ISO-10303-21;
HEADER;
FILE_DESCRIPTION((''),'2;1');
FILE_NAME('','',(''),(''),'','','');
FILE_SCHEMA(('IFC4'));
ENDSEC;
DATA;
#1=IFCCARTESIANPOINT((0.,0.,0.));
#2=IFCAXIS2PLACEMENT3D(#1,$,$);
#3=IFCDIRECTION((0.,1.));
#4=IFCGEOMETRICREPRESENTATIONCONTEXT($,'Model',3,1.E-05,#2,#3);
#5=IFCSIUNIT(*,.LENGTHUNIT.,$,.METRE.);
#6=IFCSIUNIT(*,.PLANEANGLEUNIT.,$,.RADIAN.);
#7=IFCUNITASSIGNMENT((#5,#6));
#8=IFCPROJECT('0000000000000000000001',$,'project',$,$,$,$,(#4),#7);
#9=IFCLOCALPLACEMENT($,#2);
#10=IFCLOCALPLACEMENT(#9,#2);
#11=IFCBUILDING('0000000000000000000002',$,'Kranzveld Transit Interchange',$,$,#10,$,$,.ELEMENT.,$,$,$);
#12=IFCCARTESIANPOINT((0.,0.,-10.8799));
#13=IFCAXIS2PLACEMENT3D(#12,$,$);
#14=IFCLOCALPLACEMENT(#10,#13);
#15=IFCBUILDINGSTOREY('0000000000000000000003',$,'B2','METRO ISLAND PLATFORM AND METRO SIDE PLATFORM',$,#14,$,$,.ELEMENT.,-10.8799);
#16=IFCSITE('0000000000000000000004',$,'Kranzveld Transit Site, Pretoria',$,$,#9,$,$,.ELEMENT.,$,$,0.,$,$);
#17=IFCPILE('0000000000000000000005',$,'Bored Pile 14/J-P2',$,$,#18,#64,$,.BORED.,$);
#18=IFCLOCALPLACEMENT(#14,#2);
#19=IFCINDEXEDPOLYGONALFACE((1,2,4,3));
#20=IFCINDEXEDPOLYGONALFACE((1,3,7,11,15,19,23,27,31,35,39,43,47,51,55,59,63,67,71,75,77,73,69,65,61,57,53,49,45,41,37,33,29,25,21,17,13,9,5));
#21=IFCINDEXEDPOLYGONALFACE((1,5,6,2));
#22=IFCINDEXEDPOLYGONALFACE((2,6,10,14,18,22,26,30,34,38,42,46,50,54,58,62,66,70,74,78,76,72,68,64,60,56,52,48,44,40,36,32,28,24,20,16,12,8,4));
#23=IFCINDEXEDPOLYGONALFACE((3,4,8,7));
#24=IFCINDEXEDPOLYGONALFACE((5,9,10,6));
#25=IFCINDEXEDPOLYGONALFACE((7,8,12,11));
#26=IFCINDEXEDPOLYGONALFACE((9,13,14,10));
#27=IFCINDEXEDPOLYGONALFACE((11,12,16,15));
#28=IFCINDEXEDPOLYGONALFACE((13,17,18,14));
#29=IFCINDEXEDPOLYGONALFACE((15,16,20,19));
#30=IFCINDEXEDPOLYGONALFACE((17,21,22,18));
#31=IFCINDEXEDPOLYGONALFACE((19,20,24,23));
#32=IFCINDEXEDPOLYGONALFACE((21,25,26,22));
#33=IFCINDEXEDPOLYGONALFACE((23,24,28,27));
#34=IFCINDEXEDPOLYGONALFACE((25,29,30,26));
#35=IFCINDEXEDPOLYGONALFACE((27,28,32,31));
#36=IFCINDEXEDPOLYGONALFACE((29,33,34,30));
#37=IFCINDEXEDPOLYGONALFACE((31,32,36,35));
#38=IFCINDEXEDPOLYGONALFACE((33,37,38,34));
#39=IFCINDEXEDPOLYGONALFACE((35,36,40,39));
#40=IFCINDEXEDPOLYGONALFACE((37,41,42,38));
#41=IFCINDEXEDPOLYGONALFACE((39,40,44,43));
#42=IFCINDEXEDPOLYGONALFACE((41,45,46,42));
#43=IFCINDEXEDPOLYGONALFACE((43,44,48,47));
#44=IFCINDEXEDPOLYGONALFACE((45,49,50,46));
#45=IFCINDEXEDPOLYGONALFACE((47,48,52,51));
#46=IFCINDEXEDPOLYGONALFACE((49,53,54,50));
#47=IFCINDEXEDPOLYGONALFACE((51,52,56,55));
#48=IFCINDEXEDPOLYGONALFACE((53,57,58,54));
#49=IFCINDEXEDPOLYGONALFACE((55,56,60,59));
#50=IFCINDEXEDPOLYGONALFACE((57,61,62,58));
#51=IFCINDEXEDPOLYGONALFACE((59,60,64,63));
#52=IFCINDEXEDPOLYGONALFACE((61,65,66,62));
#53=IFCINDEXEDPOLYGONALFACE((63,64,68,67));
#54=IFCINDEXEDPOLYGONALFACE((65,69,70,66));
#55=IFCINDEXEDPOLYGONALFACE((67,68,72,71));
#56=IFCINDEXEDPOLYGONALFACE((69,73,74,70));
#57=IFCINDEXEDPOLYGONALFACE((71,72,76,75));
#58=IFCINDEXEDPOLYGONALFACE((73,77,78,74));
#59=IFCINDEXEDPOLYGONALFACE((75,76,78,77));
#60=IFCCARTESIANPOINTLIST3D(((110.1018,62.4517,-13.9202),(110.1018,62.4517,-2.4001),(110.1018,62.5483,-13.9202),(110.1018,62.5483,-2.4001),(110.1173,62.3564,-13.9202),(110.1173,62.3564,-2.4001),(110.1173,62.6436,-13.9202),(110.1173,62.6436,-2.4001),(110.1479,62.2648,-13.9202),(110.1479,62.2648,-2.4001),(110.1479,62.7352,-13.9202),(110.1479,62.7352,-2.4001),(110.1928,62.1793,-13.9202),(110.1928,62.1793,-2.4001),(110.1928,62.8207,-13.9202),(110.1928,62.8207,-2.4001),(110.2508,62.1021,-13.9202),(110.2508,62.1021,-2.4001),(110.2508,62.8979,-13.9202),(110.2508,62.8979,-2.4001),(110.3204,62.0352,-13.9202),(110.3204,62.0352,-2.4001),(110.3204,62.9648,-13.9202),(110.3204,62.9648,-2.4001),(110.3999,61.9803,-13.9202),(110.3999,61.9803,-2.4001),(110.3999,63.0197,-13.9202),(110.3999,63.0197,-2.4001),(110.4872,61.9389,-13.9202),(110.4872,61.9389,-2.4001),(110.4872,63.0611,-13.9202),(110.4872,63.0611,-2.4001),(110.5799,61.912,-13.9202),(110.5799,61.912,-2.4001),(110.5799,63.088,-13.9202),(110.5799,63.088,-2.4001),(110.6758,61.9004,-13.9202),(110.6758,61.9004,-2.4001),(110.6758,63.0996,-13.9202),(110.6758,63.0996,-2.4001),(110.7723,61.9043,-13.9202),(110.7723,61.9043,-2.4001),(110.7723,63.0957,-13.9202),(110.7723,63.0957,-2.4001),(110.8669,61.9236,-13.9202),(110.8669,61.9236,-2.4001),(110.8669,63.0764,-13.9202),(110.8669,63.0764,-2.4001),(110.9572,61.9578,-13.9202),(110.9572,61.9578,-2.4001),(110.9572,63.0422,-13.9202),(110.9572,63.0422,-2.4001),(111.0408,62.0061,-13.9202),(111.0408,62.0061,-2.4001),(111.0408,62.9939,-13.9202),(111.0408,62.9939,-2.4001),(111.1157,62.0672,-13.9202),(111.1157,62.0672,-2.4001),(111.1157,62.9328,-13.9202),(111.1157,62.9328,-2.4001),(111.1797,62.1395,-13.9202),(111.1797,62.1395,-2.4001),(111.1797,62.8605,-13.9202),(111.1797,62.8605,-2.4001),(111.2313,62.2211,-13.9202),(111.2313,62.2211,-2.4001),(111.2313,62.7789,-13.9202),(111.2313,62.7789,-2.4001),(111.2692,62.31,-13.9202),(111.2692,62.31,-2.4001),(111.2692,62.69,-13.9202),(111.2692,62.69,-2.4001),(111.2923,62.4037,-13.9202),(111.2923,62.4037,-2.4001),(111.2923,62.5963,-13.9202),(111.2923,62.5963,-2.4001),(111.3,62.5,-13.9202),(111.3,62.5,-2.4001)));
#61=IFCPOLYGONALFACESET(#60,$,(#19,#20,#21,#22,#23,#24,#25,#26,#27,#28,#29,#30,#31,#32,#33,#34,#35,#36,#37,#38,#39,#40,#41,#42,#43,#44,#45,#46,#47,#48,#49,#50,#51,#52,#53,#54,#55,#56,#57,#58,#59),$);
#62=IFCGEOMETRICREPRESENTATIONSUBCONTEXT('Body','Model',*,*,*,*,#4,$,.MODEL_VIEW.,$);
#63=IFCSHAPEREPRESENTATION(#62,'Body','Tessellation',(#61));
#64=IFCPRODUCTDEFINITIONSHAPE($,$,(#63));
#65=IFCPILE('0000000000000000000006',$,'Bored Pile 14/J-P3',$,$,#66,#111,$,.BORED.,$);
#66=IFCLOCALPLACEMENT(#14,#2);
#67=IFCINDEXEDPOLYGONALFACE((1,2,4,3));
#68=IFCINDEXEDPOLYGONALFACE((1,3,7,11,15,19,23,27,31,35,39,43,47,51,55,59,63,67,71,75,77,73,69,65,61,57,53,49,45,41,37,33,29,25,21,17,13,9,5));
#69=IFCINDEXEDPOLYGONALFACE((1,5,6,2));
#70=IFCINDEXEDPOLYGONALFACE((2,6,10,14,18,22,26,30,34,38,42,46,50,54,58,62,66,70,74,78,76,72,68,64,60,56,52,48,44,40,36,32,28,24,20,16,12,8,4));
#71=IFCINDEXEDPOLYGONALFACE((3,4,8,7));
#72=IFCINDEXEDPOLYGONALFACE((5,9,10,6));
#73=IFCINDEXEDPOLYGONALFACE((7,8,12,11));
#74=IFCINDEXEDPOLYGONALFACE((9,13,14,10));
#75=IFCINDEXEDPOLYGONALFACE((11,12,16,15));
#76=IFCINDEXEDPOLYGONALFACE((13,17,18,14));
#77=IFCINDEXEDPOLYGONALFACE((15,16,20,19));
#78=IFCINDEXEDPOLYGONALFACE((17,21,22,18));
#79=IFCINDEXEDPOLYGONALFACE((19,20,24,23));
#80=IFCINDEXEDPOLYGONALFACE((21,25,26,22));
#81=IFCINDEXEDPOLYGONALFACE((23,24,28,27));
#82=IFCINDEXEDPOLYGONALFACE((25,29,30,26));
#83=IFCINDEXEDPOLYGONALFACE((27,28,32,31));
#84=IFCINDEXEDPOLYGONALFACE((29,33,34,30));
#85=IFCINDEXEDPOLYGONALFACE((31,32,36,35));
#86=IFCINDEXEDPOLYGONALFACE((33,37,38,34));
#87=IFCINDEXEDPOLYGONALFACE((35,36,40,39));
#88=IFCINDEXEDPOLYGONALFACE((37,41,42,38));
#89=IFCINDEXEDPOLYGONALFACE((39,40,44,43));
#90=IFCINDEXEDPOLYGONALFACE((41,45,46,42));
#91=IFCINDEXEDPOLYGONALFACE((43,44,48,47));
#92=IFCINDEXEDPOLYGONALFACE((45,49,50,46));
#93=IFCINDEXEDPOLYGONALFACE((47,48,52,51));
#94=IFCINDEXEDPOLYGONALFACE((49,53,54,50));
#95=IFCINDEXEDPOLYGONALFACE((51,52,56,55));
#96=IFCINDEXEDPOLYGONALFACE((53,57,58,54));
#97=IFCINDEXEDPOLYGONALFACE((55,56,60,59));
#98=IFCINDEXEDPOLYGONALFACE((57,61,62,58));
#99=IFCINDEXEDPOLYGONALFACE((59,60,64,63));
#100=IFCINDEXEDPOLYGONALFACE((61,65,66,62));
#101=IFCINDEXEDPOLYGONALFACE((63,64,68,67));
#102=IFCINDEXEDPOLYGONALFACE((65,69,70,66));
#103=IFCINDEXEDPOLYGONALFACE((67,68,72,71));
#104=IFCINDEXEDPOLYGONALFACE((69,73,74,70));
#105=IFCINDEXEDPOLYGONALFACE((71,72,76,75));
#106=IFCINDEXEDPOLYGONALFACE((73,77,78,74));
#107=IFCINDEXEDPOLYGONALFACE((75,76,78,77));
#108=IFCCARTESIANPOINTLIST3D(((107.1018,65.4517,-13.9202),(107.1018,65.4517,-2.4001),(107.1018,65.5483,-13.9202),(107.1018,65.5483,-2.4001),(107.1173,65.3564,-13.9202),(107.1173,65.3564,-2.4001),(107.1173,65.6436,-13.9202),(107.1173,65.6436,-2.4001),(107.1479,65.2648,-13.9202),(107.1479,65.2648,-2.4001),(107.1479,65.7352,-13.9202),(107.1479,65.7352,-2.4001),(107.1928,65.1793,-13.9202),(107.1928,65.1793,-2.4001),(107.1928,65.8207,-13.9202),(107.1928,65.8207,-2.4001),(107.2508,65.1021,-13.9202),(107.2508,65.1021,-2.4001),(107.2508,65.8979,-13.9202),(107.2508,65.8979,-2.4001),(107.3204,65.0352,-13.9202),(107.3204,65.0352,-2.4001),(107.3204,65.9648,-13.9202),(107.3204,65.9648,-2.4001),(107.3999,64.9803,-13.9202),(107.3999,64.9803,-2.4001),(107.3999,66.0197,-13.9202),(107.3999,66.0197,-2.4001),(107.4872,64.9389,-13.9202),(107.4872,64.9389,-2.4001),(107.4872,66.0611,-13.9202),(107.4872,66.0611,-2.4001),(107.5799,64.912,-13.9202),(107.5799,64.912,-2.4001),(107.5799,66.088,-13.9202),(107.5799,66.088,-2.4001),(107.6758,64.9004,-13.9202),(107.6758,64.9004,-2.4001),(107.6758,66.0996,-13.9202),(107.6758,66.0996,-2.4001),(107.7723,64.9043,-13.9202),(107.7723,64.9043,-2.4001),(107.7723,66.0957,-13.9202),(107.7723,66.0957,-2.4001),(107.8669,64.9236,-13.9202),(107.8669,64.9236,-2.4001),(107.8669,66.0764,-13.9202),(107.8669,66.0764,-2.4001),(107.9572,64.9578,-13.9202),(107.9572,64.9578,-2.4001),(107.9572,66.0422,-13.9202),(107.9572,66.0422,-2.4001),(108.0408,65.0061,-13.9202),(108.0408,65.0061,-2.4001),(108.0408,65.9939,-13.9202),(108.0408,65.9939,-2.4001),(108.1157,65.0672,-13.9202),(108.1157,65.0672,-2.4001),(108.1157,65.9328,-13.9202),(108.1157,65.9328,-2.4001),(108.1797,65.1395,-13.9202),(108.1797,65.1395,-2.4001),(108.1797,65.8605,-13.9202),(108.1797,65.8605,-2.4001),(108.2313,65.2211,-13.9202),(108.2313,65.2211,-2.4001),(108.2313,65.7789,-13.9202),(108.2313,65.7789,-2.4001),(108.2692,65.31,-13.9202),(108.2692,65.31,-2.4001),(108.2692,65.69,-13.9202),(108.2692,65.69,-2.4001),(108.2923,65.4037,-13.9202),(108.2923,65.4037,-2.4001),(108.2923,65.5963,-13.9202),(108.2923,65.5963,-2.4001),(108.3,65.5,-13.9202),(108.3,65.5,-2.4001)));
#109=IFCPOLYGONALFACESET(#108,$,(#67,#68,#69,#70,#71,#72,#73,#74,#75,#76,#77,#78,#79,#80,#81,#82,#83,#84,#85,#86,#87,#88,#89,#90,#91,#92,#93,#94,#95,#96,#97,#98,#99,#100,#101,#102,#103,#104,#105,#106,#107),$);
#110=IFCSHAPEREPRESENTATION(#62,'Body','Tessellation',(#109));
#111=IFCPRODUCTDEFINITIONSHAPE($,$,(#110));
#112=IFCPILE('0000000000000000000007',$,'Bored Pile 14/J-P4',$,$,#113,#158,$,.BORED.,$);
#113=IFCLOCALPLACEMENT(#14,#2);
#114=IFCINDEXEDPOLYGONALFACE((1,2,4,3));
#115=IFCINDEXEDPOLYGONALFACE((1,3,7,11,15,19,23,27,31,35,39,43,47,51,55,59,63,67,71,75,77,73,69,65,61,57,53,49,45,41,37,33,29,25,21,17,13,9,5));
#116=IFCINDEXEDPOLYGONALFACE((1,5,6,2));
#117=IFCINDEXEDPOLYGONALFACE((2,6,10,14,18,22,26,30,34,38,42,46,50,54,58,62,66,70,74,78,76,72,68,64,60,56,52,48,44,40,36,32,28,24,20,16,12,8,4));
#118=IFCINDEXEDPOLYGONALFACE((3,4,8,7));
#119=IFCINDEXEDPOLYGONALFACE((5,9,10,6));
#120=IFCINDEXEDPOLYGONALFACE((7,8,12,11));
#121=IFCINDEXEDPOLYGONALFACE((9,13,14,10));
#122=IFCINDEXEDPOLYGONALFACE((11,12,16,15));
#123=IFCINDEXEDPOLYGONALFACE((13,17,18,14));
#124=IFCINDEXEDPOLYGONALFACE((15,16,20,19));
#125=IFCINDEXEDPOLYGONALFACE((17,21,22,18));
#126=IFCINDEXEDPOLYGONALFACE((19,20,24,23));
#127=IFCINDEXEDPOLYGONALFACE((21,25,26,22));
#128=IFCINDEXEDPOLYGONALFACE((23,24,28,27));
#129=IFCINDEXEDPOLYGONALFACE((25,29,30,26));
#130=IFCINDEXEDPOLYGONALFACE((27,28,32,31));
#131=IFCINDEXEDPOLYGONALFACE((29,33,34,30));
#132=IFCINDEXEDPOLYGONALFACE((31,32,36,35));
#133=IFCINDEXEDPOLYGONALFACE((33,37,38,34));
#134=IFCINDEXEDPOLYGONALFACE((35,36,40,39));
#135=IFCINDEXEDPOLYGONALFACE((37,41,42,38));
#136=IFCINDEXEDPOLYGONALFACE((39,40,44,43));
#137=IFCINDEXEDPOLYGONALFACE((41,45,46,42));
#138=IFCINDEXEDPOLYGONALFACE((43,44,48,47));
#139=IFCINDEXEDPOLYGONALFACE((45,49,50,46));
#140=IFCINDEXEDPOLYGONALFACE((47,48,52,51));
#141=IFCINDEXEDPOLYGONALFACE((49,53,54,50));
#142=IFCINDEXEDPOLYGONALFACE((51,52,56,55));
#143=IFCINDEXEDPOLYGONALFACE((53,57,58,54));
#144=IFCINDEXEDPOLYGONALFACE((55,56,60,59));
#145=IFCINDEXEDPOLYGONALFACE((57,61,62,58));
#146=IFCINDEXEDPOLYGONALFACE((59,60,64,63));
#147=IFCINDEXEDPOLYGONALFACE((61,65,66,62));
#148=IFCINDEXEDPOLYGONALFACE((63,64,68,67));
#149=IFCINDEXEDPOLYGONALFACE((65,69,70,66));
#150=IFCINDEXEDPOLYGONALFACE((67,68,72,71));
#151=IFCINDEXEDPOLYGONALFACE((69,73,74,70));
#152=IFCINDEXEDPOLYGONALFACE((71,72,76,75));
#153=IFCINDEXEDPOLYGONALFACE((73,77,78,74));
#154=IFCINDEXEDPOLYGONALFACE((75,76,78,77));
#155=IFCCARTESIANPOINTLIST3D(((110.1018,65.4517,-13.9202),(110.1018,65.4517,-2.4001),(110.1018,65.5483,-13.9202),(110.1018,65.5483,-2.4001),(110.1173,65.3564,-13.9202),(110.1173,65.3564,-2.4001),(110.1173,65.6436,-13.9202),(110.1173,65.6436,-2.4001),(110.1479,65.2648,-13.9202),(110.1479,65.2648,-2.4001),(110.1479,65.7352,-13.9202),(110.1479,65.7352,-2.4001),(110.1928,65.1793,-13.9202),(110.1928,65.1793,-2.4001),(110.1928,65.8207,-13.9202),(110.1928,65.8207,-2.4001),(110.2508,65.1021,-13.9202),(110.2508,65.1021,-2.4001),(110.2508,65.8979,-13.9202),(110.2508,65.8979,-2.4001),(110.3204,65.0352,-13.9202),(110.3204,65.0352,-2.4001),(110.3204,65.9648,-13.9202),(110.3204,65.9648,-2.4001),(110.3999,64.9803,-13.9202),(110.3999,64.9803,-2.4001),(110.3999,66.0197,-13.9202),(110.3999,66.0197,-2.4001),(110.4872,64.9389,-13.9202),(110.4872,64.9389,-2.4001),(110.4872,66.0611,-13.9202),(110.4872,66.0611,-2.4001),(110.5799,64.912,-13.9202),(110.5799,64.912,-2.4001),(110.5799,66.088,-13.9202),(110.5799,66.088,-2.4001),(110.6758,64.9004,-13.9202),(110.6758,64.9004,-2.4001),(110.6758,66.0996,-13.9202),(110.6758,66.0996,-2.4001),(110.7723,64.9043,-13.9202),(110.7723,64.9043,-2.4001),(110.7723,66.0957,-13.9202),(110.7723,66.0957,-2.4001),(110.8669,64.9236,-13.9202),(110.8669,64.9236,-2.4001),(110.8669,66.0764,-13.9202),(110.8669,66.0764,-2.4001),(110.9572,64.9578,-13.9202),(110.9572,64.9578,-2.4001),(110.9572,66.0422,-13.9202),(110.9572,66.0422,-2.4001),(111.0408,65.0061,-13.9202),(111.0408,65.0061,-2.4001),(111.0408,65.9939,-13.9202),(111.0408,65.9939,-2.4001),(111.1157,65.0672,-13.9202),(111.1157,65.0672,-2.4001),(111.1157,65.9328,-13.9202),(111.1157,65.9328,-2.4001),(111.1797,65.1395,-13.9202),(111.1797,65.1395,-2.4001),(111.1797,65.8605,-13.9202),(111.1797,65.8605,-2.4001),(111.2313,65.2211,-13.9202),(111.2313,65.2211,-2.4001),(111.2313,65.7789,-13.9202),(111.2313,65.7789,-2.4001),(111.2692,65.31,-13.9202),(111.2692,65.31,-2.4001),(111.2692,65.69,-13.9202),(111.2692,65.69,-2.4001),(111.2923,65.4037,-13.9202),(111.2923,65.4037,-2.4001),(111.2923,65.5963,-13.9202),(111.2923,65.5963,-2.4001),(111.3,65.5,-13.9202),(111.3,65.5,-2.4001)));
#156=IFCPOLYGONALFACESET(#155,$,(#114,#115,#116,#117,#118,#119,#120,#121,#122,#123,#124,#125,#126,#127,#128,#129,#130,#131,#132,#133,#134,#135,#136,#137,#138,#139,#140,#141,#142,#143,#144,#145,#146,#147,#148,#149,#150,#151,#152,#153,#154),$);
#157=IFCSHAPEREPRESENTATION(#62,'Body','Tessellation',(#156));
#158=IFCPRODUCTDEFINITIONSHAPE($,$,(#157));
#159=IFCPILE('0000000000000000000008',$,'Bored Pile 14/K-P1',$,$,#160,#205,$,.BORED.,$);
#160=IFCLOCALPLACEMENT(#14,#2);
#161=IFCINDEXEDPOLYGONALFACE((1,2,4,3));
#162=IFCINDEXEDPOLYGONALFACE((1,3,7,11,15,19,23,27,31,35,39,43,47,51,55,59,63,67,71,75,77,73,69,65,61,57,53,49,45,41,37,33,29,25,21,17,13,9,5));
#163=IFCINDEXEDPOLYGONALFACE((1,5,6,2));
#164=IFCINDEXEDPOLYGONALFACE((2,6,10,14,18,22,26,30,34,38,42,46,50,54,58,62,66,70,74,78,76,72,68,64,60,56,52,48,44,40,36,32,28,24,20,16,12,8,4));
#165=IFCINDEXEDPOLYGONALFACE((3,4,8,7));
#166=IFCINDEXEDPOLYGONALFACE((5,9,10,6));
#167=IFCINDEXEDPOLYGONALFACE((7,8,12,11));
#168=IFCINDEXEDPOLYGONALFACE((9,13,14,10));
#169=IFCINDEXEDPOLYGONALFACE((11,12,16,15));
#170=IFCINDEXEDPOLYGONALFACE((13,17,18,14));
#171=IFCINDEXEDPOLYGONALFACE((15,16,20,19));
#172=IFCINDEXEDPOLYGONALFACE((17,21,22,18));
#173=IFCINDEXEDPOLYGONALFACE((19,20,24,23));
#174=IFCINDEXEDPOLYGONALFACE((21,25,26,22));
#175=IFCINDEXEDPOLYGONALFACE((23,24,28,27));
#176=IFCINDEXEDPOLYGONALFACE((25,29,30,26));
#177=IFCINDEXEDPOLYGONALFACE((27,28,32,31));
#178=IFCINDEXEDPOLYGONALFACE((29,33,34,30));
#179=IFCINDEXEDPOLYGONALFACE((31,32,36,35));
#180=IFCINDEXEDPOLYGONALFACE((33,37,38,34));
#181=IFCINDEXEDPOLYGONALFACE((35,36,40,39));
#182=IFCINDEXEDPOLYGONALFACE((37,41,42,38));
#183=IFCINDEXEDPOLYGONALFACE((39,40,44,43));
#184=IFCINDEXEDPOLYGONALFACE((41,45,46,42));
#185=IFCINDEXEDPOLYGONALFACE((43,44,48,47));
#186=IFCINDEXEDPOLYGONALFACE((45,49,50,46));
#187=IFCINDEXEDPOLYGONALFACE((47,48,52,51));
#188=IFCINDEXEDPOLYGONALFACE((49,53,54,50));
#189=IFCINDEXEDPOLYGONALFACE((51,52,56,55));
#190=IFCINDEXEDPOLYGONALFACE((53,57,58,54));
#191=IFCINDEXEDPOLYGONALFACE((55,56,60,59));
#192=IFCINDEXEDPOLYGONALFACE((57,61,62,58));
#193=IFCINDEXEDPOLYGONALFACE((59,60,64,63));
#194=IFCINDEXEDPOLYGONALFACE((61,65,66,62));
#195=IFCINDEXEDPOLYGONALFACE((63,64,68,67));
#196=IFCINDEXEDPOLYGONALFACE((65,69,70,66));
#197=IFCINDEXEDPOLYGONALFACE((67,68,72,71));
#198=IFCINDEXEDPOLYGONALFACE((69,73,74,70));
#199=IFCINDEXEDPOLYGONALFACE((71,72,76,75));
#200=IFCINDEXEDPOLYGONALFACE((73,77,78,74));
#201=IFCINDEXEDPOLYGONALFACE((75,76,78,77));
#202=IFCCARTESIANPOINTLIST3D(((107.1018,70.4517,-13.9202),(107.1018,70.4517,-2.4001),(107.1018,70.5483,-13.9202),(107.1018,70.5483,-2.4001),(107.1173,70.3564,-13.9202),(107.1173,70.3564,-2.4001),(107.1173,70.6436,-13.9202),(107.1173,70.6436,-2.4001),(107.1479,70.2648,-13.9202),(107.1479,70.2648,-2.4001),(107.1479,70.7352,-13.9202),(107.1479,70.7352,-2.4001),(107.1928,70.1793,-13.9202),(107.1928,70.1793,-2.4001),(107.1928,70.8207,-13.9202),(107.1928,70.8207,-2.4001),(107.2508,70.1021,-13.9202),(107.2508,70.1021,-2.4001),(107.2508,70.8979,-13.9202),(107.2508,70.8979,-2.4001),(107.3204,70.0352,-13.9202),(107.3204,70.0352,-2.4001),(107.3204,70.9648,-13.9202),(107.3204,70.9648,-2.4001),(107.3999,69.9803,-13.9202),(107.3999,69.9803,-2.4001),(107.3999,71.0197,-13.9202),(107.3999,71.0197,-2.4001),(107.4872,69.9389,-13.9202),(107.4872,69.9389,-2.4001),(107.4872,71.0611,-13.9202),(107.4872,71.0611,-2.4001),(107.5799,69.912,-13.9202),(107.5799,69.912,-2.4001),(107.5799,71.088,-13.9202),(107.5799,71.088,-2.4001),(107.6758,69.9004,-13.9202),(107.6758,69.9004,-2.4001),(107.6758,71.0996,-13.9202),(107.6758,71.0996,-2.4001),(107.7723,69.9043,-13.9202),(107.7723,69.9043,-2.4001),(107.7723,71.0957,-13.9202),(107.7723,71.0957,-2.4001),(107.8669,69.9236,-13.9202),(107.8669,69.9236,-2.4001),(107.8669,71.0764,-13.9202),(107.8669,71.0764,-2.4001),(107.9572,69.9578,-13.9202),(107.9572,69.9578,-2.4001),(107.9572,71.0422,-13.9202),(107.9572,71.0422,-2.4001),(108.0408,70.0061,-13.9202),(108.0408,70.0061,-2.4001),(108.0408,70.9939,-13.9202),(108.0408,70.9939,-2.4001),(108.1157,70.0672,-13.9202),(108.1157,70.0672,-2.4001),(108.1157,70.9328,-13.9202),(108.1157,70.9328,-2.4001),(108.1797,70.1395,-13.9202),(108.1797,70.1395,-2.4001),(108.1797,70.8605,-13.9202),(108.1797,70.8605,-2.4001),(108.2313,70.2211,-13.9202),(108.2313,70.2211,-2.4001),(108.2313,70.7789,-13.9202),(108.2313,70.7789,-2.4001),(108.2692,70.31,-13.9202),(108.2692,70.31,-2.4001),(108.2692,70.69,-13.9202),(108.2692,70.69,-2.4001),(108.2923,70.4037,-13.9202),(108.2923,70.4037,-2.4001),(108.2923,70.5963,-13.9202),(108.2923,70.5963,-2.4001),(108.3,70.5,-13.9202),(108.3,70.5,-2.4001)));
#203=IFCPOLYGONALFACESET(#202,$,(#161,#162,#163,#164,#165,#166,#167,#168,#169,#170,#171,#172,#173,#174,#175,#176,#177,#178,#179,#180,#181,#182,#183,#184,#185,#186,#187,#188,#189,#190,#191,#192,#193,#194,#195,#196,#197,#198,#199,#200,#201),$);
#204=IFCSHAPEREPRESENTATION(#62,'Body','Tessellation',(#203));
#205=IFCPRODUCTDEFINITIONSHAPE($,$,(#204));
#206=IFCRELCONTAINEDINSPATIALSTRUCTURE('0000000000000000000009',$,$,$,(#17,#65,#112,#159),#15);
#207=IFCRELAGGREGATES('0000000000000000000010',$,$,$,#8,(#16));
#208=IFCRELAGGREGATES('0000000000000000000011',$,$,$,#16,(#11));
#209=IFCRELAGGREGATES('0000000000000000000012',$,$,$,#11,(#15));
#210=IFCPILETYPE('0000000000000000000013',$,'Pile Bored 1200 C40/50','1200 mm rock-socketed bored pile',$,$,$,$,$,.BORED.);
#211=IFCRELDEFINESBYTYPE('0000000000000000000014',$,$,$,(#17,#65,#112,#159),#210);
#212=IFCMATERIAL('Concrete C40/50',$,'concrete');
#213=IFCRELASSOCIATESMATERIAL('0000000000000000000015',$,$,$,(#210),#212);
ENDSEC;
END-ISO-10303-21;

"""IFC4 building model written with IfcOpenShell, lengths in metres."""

from ifc_helpers import new_model, si_unit, direction, frame, origin, origin_2d, place, context, subcontext, project, spatial, circle, extrude, material, material_profile, profile_set, type_object, element, save


model = new_model("IFC4")

# Units and contexts
model_context = context("Model", 3, precision=1e-05, world=origin(), true_north=direction((0.0, 1.0)))
body_context = subcontext(model_context, "Body", "Model", "MODEL_VIEW")
ifc_project = project(units=[si_unit("LENGTHUNIT", "METRE"), si_unit("PLANEANGLEUNIT", "RADIAN")], contexts=[model_context])

# Site, building, storey
site_placement = place(None, origin())
site = spatial("IfcSite", under=ifc_project, at=site_placement, Name="Kranzveld Transit Site, Pretoria", CompositionType="ELEMENT", RefElevation=0.0)
building_placement = place(site_placement, origin())
building = spatial("IfcBuilding", under=site, at=building_placement, Name="Kranzveld Transit Interchange", CompositionType="ELEMENT")
storey_placement = place(building_placement, frame((0.0, 0.0, -10.8799)))
storey = spatial("IfcBuildingStorey", under=building, at=storey_placement, Name="B2", Description="METRO ISLAND PLATFORM AND METRO SIDE PLATFORM", CompositionType="ELEMENT", Elevation=-10.8799)

# Piles
ifc_material_1 = material(Name="Concrete C40/50", Category="concrete")
ifc_material_profile_1 = material_profile(ifc_material_1, circle(Radius=0.6001, at=origin_2d()), Name="BORED PILE 1200")
ifc_profile_set_1 = profile_set([ifc_material_profile_1], Name="Concrete C40/50")
pile_type_1 = type_object("IfcPileType", Name="Pile Bored 1200 C40/50", Description="1200 mm rock-socketed bored pile", PredefinedType="BORED", material=ifc_profile_set_1)
for number, where, z_axis, x_axis, name in (
    (1, (110.7, 62.5, -2.4001), (0.0, 0.0, -1.0), (1.0, 0.0, 0.0), "Bored Pile 14/J-P2"),
    (2, (107.7, 65.5, -2.4001), (0.0, 0.0, -1.0), (1.0, 0.0, 0.0), "Bored Pile 14/J-P3"),
    (3, (110.7, 65.5, -2.4001), (0.0, 0.0, -1.0), (1.0, 0.0, 0.0), "Bored Pile 14/J-P4"),
    (4, (107.7, 70.5, -2.4001), (0.0, 0.0, -1.0), (1.0, 0.0, 0.0), "Bored Pile 14/K-P1"),
):
    element("IfcPile", number, at=place(storey_placement, frame(where, z_axis=z_axis, x_axis=x_axis)), inside=storey, type_object=pile_type_1, Name=name, PredefinedType="BORED", context=body_context, shape_type="SweptSolid", body=[
        extrude(circle(Radius=0.6001, at=origin_2d()), origin(), (0.0, 0.0, 1.0), 11.52),
    ])

save(model, "model.ifc")
